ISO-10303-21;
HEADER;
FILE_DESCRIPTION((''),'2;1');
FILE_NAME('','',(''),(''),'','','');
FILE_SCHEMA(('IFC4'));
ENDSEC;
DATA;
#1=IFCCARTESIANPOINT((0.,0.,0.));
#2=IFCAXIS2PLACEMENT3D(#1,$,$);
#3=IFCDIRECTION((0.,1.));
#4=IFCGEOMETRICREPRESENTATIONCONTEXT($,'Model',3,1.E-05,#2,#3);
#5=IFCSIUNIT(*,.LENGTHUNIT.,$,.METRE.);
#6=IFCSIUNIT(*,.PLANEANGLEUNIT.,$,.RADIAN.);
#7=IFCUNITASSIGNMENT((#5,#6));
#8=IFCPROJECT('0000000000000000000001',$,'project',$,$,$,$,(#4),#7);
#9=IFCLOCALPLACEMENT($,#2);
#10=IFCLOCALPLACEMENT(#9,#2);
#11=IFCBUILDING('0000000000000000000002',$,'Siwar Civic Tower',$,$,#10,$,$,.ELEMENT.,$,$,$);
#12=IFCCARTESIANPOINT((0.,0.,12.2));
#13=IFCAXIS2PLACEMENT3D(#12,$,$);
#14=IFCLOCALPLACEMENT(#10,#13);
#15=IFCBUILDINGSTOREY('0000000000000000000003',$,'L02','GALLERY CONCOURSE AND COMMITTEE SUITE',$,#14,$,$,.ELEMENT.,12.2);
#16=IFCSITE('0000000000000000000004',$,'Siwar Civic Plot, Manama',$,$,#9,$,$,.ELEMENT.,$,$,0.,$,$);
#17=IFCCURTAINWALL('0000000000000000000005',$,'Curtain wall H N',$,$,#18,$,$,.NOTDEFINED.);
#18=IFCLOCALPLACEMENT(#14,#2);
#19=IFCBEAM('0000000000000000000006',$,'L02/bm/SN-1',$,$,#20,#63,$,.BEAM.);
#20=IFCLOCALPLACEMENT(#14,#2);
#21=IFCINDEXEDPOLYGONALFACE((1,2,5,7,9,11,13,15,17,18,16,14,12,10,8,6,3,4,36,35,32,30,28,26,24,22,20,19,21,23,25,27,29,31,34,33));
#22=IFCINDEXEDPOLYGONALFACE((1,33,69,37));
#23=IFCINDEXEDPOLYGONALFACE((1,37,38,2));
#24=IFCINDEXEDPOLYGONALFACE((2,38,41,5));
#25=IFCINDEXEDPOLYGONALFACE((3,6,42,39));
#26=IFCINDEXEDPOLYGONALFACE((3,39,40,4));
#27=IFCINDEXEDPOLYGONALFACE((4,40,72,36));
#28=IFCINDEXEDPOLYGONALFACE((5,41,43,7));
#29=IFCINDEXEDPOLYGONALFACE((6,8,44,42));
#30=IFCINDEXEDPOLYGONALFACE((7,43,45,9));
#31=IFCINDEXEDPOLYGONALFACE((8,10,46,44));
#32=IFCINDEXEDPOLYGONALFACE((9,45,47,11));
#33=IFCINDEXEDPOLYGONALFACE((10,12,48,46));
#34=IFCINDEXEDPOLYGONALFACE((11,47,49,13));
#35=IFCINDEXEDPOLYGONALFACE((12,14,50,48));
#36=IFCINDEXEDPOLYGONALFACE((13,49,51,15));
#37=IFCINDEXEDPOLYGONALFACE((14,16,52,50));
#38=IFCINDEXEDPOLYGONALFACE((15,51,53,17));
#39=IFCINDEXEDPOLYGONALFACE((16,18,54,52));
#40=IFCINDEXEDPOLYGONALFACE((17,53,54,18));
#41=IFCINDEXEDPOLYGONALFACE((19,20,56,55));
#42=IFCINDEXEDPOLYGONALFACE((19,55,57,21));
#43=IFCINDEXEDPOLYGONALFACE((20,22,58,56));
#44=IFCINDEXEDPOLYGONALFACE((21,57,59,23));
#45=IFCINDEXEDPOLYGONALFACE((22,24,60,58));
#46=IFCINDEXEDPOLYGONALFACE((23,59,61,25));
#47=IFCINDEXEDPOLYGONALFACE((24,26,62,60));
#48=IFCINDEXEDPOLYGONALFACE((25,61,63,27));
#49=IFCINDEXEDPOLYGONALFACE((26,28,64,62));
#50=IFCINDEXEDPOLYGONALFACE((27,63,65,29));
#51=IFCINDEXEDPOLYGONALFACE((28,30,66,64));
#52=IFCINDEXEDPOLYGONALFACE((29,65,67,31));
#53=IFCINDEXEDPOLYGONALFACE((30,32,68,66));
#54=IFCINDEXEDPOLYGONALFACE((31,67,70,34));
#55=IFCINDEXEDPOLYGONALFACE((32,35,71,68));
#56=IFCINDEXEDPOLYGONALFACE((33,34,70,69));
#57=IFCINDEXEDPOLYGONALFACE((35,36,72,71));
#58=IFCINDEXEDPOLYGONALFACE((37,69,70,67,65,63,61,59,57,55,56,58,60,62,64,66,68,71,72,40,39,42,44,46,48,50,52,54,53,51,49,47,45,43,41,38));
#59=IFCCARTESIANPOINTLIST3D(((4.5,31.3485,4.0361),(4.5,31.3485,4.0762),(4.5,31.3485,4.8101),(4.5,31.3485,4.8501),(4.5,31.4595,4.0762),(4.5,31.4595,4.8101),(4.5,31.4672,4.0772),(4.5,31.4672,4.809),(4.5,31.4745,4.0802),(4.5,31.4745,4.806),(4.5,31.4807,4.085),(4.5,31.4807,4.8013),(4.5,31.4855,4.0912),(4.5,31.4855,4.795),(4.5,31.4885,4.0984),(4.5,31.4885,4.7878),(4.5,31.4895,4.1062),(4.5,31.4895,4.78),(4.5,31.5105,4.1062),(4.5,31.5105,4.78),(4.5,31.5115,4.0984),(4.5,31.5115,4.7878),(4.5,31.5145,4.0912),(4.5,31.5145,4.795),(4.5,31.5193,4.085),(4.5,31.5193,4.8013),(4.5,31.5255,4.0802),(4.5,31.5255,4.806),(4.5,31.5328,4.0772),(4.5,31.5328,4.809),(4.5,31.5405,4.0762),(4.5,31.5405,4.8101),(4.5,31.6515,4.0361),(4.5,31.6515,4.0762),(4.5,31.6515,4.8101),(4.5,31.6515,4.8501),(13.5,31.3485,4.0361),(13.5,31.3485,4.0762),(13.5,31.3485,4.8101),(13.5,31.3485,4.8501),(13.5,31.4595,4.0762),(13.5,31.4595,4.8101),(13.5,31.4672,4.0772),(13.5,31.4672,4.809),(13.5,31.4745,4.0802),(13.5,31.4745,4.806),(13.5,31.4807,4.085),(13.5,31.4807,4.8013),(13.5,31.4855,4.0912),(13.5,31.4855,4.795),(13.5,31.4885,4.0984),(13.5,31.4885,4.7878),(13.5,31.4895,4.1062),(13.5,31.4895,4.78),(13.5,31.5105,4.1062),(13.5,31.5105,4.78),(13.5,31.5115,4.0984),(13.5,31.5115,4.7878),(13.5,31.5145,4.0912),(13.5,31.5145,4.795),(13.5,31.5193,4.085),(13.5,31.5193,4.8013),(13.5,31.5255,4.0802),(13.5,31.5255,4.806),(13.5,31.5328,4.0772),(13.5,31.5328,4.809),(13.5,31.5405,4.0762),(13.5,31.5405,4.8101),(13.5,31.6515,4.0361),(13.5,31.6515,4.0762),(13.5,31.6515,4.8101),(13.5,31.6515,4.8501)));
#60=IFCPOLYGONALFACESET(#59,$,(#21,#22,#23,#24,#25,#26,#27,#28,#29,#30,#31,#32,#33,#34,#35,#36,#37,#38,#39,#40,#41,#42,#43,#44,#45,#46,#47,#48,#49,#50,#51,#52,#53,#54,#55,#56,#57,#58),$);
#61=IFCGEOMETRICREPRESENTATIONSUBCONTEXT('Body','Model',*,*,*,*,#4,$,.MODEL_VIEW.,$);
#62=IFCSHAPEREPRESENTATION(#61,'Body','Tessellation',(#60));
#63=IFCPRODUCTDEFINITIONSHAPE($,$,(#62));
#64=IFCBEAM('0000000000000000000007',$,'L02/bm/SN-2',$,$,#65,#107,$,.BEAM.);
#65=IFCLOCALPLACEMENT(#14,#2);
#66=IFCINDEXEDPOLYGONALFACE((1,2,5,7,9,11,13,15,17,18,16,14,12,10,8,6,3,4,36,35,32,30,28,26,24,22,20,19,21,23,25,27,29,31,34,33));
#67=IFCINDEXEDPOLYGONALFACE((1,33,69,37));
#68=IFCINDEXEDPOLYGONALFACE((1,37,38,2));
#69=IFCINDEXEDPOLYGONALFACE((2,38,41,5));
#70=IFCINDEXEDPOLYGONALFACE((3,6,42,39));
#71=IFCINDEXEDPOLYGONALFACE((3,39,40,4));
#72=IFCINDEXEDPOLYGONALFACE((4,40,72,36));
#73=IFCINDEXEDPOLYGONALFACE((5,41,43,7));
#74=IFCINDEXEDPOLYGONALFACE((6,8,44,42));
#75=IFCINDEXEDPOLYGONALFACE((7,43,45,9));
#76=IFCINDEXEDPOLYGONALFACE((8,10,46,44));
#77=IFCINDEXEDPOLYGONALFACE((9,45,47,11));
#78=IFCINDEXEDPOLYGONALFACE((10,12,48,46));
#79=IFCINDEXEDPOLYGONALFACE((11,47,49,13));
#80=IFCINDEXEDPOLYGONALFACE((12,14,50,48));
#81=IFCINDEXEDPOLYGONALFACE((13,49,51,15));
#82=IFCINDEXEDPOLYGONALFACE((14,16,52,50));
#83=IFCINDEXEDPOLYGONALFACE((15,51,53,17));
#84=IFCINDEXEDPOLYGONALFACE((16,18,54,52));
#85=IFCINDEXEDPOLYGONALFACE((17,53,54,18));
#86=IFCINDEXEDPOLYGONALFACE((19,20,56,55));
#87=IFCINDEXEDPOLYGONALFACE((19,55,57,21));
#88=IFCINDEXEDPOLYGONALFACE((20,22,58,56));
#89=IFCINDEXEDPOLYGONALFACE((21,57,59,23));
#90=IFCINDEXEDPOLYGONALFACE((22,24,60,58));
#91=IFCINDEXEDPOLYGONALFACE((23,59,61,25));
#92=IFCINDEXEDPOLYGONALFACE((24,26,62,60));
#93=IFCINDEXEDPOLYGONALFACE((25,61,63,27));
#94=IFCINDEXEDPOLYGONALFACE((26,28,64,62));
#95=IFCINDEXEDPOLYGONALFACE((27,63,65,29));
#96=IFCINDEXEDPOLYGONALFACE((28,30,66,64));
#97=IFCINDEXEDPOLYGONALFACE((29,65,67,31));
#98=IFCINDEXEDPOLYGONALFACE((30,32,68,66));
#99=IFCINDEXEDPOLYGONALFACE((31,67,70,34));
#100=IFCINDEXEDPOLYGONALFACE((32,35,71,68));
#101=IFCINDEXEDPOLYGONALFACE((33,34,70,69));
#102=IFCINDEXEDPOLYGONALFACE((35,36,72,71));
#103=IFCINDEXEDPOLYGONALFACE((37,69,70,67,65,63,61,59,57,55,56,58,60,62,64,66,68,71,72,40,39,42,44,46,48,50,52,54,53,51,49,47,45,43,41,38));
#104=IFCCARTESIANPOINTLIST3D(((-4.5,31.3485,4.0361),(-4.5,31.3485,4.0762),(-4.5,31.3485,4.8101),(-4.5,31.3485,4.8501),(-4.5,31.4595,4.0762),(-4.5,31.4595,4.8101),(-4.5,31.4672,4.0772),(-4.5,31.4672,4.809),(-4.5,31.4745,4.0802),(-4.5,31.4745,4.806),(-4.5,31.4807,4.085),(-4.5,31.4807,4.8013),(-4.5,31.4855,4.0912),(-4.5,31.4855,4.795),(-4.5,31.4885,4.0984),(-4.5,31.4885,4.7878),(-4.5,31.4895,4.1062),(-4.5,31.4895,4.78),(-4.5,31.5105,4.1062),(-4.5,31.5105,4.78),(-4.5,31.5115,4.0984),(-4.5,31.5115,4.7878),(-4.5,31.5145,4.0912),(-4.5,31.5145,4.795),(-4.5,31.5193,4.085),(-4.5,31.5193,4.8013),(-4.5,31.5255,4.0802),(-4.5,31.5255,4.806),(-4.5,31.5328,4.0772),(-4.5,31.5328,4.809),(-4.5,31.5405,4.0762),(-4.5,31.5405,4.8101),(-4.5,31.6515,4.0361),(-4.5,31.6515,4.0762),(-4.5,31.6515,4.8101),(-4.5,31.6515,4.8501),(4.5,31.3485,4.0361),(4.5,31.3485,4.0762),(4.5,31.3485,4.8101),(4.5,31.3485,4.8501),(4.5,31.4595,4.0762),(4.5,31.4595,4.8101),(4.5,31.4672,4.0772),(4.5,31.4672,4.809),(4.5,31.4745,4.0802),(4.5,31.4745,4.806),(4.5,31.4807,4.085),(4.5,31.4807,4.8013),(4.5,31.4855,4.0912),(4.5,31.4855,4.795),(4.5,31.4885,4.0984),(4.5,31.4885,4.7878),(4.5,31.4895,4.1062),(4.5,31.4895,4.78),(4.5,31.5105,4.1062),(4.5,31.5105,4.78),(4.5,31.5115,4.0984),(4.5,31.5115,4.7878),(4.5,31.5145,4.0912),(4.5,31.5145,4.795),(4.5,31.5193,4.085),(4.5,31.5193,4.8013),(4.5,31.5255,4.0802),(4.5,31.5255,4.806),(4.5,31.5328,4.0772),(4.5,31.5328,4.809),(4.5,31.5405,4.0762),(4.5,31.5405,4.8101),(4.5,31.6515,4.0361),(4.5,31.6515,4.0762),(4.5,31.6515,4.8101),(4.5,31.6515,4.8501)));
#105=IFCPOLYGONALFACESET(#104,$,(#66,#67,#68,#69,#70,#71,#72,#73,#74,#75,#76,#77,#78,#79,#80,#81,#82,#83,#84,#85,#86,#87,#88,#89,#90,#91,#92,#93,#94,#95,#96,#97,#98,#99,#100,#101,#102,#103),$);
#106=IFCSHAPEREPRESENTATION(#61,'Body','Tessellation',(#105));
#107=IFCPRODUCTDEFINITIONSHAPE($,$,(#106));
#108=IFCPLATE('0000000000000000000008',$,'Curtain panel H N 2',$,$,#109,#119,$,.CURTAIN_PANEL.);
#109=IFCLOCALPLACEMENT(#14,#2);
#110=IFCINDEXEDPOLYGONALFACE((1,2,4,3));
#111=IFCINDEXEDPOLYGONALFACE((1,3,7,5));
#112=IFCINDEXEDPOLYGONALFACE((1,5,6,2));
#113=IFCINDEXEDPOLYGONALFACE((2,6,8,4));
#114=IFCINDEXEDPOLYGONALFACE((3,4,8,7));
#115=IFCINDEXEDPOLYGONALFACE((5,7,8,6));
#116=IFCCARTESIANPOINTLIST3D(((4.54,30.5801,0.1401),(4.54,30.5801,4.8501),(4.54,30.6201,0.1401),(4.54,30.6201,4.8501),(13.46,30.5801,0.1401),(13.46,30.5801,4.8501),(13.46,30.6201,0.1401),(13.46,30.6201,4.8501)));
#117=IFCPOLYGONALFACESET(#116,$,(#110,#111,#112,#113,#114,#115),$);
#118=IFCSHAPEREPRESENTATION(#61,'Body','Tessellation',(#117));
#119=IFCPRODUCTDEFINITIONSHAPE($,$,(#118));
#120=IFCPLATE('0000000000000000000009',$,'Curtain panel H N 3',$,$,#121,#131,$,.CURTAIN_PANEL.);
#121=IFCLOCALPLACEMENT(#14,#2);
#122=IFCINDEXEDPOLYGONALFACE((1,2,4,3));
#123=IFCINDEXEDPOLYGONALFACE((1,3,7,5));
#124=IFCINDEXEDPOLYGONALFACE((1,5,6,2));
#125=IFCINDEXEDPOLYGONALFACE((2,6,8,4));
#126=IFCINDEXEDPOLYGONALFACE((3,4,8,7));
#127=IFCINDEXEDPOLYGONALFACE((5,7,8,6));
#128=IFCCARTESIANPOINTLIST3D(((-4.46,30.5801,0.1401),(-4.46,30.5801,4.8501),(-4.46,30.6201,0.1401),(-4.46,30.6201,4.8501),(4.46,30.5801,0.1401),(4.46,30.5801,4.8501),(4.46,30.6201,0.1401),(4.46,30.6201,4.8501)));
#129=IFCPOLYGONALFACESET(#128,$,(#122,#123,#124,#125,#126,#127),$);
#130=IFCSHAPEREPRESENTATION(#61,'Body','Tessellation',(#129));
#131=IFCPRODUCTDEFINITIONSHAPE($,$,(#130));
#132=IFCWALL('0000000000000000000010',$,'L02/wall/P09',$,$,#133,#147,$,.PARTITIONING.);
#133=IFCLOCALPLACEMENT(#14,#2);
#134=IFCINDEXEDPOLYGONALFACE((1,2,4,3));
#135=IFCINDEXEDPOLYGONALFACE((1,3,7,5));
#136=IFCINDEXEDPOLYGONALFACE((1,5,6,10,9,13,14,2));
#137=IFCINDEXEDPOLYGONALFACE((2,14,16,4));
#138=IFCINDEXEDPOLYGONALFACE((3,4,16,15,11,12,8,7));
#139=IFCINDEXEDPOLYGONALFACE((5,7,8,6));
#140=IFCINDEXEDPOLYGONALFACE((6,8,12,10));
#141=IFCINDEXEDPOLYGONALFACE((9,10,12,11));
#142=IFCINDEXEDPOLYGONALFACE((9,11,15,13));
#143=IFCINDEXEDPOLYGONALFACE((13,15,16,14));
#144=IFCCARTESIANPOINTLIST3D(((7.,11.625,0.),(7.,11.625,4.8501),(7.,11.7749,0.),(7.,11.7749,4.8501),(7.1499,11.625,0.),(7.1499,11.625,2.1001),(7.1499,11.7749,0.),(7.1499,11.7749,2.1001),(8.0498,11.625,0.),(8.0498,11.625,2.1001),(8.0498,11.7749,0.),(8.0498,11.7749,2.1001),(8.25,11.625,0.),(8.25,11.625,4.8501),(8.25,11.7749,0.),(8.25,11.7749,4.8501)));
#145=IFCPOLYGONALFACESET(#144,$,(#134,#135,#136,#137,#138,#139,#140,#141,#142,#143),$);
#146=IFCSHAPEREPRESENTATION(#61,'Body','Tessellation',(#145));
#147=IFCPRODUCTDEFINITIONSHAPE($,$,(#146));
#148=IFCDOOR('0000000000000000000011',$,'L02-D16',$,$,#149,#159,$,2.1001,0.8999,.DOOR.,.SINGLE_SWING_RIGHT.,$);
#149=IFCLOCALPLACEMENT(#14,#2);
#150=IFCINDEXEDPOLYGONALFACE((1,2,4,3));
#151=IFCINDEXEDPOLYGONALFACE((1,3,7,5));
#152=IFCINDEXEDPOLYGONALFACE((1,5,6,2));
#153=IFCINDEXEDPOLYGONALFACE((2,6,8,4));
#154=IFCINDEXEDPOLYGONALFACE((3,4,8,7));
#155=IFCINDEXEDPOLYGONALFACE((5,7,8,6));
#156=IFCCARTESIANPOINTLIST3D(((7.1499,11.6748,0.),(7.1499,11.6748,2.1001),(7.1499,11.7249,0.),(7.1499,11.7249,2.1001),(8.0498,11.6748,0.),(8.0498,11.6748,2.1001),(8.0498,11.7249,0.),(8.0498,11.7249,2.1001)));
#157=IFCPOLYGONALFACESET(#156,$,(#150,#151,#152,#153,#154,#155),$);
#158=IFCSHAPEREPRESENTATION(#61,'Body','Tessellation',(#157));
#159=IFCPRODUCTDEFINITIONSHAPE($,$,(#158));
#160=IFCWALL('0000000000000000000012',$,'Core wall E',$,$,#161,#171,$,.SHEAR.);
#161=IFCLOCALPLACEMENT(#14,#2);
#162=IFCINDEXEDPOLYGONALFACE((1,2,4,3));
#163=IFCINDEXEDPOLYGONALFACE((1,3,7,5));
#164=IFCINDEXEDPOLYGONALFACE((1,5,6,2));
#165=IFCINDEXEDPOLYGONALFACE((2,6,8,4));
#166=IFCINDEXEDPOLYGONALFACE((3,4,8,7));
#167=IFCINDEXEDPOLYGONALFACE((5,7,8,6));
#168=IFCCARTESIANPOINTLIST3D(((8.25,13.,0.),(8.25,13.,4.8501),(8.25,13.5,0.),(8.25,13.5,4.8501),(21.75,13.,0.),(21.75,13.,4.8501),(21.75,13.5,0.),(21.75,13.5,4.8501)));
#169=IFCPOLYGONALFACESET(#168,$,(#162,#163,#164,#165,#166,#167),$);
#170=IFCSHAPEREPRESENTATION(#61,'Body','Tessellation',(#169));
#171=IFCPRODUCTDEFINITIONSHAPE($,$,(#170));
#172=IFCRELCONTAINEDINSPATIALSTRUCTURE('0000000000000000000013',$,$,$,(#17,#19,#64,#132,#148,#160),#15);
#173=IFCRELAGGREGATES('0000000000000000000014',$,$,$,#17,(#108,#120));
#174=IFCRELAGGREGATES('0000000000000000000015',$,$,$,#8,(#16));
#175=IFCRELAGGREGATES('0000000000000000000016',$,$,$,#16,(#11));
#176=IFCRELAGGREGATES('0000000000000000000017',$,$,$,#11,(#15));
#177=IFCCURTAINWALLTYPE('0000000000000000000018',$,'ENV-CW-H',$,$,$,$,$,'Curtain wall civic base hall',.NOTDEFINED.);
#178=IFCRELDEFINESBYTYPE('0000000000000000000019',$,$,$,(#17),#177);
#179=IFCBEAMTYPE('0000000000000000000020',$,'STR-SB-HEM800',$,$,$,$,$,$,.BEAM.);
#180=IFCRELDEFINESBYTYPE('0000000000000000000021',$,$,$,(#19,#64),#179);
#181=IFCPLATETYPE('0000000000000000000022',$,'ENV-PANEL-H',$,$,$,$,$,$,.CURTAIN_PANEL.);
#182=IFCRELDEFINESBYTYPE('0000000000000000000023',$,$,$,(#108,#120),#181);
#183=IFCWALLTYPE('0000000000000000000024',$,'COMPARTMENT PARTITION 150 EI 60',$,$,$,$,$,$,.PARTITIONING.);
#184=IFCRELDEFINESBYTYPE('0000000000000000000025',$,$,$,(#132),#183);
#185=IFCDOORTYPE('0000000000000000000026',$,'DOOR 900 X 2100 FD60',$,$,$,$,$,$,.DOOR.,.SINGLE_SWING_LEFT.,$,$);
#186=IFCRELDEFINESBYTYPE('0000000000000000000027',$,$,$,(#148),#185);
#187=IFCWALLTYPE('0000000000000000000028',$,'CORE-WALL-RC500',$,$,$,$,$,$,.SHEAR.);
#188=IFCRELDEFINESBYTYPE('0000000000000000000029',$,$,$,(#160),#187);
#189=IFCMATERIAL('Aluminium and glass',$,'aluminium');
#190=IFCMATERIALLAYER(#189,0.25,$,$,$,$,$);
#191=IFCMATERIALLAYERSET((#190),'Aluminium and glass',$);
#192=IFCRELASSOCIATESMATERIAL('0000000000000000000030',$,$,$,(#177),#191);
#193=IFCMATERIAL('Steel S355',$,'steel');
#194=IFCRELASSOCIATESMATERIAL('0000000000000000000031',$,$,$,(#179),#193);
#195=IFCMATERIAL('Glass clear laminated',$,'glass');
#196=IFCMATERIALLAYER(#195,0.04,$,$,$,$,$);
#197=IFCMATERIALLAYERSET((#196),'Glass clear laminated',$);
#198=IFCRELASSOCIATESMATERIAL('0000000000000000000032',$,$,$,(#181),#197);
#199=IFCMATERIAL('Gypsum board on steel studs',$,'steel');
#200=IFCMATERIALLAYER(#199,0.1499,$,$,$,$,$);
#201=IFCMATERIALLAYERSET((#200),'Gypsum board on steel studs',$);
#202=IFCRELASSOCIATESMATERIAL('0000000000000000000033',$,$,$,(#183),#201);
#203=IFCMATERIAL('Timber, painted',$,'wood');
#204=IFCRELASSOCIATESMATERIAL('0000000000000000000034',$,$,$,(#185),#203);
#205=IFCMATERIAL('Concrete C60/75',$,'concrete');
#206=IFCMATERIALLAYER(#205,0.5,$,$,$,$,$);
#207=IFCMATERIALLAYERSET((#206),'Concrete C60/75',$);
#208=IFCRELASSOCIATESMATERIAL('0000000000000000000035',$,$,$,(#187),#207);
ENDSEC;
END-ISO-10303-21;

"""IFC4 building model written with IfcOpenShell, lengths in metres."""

from ifc_helpers import new_model, si_unit, direction, frame, frame_2d, origin, origin_2d, place, context, subcontext, project, spatial, rectangle, i_section, extrude, material, layer, layer_set, material_profile, profile_set, type_object, element, fill, aggregate, save


model = new_model("IFC4")

# Units and contexts
model_context = context("Model", 3, precision=1e-05, world=origin(), true_north=direction((0.0, 1.0)))
body_context = subcontext(model_context, "Body", "Model", "MODEL_VIEW")
ifc_project = project(units=[si_unit("LENGTHUNIT", "METRE"), si_unit("PLANEANGLEUNIT", "RADIAN")], contexts=[model_context])

# Site, building, storey
site_placement = place(None, origin())
site = spatial("IfcSite", under=ifc_project, at=site_placement, Name="Siwar Civic Plot, Manama", CompositionType="ELEMENT", RefElevation=0.0)
building_placement = place(site_placement, origin())
building = spatial("IfcBuilding", under=site, at=building_placement, Name="Siwar Civic Tower", CompositionType="ELEMENT")
storey_placement = place(building_placement, frame((0.0, 0.0, 12.2)))
storey = spatial("IfcBuildingStorey", under=building, at=storey_placement, Name="L02", Description="GALLERY CONCOURSE AND COMMITTEE SUITE", CompositionType="ELEMENT", Elevation=12.2)

# Curtain wall
ifc_material_1 = material(Name="Aluminium and glass", Category="aluminium")
ifc_layer_1 = layer(ifc_material_1, 0.25)
ifc_layer_set_1 = layer_set([ifc_layer_1], Name="Aluminium and glass")
curtain_wall_type = type_object("IfcCurtainWallType", Name="ENV-CW-H", ElementType="Curtain wall civic base hall", PredefinedType="NOTDEFINED", material=ifc_layer_set_1)
curtain_wall_placement = place(storey_placement, origin())
curtain_wall = element("IfcCurtainWall", 1, at=curtain_wall_placement, inside=storey, type_object=curtain_wall_type, Name="Curtain wall H N", PredefinedType="NOTDEFINED")

# Beams
ifc_material_2 = material(Name="Steel S355", Category="steel")
ifc_material_profile_1 = material_profile(ifc_material_2, i_section(OverallWidth=0.303, OverallDepth=0.814, WebThickness=0.021, FlangeThickness=0.04, FilletRadius=0.03, at=origin_2d()), Name="HEM800")
ifc_profile_set_1 = profile_set([ifc_material_profile_1], Name="Steel S355")
beam_type_1 = type_object("IfcBeamType", Name="STR-SB-HEM800", PredefinedType="BEAM", material=ifc_profile_set_1)
for number, where, z_axis, x_axis, name in (
    (2, (13.5, 31.5, 4.4431), (-1.0, 0.0, 0.0), (0.0, -1.0, 0.0), "L02/bm/SN-1"),
    (3, (4.5, 31.5, 4.4431), (-1.0, 0.0, 0.0), (0.0, -1.0, 0.0), "L02/bm/SN-2"),
):
    element("IfcBeam", number, at=place(storey_placement, frame(where, z_axis=z_axis, x_axis=x_axis)), inside=storey, type_object=beam_type_1, Name=name, PredefinedType="BEAM", context=body_context, shape_type="SweptSolid", body=[
        extrude(i_section(OverallWidth=0.303, OverallDepth=0.814, WebThickness=0.021, FlangeThickness=0.04, FilletRadius=0.03, at=origin_2d()), origin(), (0.0, 0.0, 1.0), 9.0),
    ])

# Plates
ifc_material_3 = material(Name="Glass clear laminated", Category="glass")
ifc_layer_2 = layer(ifc_material_3, 0.04)
ifc_layer_set_2 = layer_set([ifc_layer_2], Name="Glass clear laminated")
plate_type = type_object("IfcPlateType", Name="ENV-PANEL-H", PredefinedType="CURTAIN_PANEL", material=ifc_layer_set_2)
plate_1_placement = place(storey_placement, frame((9.0, 30.6001, 0.1401), z_axis=(0.0, 0.0, 1.0), x_axis=(-1.0, 0.0, 0.0)))
plate_1 = element("IfcPlate", 4, at=plate_1_placement, type_object=plate_type, Name="Curtain panel H N 2", PredefinedType="CURTAIN_PANEL", context=body_context, shape_type="SweptSolid", body=[
    extrude(rectangle(XDim=8.9199, YDim=0.04, at=origin_2d()), origin(), (0.0, 0.0, 1.0), 4.71),
])
plate_2_placement = place(storey_placement, frame((0.0, 30.6001, 0.1401), z_axis=(0.0, 0.0, 1.0), x_axis=(-1.0, 0.0, 0.0)))
plate_2 = element("IfcPlate", 5, at=plate_2_placement, type_object=plate_type, Name="Curtain panel H N 3", PredefinedType="CURTAIN_PANEL", context=body_context, shape_type="SweptSolid", body=[
    extrude(rectangle(XDim=8.9199, YDim=0.04, at=origin_2d()), origin(), (0.0, 0.0, 1.0), 4.71),
])
aggregate(curtain_wall, [plate_1, plate_2])

# Wall, opening, door
ifc_material_4 = material(Name="Gypsum board on steel studs", Category="steel")
ifc_layer_3 = layer(ifc_material_4, 0.1499)
ifc_layer_set_3 = layer_set([ifc_layer_3], Name="Gypsum board on steel studs")
wall_type_1 = type_object("IfcWallType", Name="COMPARTMENT PARTITION 150 EI 60", PredefinedType="PARTITIONING", material=ifc_layer_set_3)
wall_1_placement = place(storey_placement, frame((7.0, 11.7, 0.0), z_axis=(0.0, 0.0, 1.0), x_axis=(1.0, 0.0, 0.0)))
wall_1 = element("IfcWall", 6, at=wall_1_placement, inside=storey, type_object=wall_type_1, Name="L02/wall/P09", PredefinedType="PARTITIONING", context=body_context, shape_type="SweptSolid", body=[
    extrude(rectangle(XDim=1.25, YDim=0.1499, at=frame_2d((0.625, 0.0))), origin(), (0.0, 0.0, 1.0), 4.8501),
])
opening_1_placement = place(wall_1_placement, frame((0.1499, 0.0, 0.0)))
opening_1 = element("IfcOpeningElement", 7, at=opening_1_placement, cuts=wall_1, PredefinedType="OPENING", context=body_context, shape_type="SweptSolid", body=[
    extrude(rectangle(XDim=0.8999, YDim=2.1001, at=frame_2d((0.45, 1.05))), frame((0.0, 0.085, 0.0), z_axis=(0.0, -1.0, 0.0), x_axis=(1.0, 0.0, 0.0)), (0.0, 0.0, 1.0), 0.1699),
])
ifc_material_5 = material(Name="Timber, painted", Category="wood")
door_type_1 = type_object("IfcDoorType", Name="DOOR 900 X 2100 FD60", OperationType="SINGLE_SWING_LEFT", PredefinedType="DOOR", material=ifc_material_5)
door_1_placement = place(opening_1_placement, origin())
door_1 = element("IfcDoor", 8, at=door_1_placement, inside=storey, type_object=door_type_1, Name="L02-D16", OperationType="SINGLE_SWING_RIGHT", OverallHeight=2.1001, OverallWidth=0.8999, PredefinedType="DOOR", context=body_context, shape_type="SweptSolid", body=[
    extrude(rectangle(XDim=0.8999, YDim=2.1001, at=frame_2d((0.45, 1.05))), frame((0.0, 0.0249, 0.0), z_axis=(0.0, -1.0, 0.0), x_axis=(1.0, 0.0, 0.0)), (0.0, 0.0, 1.0), 0.05),
])
fill(opening_1, door_1)

# Wall
ifc_material_6 = material(Name="Concrete C60/75", Category="concrete")
ifc_layer_4 = layer(ifc_material_6, 0.5)
ifc_layer_set_4 = layer_set([ifc_layer_4], Name="Concrete C60/75")
wall_type_2 = type_object("IfcWallType", Name="CORE-WALL-RC500", PredefinedType="SHEAR", material=ifc_layer_set_4)
wall_2_placement = place(storey_placement, frame((8.25, 13.25, 0.0), z_axis=(0.0, 0.0, 1.0), x_axis=(1.0, 0.0, 0.0)))
element("IfcWall", 9, at=wall_2_placement, inside=storey, type_object=wall_type_2, Name="Core wall E", PredefinedType="SHEAR", context=body_context, shape_type="SweptSolid", body=[
    extrude(rectangle(XDim=13.5, YDim=0.5, at=frame_2d((6.75, 0.0))), origin(), (0.0, 0.0, 1.0), 4.8501),
])

save(model, "model.ifc")
